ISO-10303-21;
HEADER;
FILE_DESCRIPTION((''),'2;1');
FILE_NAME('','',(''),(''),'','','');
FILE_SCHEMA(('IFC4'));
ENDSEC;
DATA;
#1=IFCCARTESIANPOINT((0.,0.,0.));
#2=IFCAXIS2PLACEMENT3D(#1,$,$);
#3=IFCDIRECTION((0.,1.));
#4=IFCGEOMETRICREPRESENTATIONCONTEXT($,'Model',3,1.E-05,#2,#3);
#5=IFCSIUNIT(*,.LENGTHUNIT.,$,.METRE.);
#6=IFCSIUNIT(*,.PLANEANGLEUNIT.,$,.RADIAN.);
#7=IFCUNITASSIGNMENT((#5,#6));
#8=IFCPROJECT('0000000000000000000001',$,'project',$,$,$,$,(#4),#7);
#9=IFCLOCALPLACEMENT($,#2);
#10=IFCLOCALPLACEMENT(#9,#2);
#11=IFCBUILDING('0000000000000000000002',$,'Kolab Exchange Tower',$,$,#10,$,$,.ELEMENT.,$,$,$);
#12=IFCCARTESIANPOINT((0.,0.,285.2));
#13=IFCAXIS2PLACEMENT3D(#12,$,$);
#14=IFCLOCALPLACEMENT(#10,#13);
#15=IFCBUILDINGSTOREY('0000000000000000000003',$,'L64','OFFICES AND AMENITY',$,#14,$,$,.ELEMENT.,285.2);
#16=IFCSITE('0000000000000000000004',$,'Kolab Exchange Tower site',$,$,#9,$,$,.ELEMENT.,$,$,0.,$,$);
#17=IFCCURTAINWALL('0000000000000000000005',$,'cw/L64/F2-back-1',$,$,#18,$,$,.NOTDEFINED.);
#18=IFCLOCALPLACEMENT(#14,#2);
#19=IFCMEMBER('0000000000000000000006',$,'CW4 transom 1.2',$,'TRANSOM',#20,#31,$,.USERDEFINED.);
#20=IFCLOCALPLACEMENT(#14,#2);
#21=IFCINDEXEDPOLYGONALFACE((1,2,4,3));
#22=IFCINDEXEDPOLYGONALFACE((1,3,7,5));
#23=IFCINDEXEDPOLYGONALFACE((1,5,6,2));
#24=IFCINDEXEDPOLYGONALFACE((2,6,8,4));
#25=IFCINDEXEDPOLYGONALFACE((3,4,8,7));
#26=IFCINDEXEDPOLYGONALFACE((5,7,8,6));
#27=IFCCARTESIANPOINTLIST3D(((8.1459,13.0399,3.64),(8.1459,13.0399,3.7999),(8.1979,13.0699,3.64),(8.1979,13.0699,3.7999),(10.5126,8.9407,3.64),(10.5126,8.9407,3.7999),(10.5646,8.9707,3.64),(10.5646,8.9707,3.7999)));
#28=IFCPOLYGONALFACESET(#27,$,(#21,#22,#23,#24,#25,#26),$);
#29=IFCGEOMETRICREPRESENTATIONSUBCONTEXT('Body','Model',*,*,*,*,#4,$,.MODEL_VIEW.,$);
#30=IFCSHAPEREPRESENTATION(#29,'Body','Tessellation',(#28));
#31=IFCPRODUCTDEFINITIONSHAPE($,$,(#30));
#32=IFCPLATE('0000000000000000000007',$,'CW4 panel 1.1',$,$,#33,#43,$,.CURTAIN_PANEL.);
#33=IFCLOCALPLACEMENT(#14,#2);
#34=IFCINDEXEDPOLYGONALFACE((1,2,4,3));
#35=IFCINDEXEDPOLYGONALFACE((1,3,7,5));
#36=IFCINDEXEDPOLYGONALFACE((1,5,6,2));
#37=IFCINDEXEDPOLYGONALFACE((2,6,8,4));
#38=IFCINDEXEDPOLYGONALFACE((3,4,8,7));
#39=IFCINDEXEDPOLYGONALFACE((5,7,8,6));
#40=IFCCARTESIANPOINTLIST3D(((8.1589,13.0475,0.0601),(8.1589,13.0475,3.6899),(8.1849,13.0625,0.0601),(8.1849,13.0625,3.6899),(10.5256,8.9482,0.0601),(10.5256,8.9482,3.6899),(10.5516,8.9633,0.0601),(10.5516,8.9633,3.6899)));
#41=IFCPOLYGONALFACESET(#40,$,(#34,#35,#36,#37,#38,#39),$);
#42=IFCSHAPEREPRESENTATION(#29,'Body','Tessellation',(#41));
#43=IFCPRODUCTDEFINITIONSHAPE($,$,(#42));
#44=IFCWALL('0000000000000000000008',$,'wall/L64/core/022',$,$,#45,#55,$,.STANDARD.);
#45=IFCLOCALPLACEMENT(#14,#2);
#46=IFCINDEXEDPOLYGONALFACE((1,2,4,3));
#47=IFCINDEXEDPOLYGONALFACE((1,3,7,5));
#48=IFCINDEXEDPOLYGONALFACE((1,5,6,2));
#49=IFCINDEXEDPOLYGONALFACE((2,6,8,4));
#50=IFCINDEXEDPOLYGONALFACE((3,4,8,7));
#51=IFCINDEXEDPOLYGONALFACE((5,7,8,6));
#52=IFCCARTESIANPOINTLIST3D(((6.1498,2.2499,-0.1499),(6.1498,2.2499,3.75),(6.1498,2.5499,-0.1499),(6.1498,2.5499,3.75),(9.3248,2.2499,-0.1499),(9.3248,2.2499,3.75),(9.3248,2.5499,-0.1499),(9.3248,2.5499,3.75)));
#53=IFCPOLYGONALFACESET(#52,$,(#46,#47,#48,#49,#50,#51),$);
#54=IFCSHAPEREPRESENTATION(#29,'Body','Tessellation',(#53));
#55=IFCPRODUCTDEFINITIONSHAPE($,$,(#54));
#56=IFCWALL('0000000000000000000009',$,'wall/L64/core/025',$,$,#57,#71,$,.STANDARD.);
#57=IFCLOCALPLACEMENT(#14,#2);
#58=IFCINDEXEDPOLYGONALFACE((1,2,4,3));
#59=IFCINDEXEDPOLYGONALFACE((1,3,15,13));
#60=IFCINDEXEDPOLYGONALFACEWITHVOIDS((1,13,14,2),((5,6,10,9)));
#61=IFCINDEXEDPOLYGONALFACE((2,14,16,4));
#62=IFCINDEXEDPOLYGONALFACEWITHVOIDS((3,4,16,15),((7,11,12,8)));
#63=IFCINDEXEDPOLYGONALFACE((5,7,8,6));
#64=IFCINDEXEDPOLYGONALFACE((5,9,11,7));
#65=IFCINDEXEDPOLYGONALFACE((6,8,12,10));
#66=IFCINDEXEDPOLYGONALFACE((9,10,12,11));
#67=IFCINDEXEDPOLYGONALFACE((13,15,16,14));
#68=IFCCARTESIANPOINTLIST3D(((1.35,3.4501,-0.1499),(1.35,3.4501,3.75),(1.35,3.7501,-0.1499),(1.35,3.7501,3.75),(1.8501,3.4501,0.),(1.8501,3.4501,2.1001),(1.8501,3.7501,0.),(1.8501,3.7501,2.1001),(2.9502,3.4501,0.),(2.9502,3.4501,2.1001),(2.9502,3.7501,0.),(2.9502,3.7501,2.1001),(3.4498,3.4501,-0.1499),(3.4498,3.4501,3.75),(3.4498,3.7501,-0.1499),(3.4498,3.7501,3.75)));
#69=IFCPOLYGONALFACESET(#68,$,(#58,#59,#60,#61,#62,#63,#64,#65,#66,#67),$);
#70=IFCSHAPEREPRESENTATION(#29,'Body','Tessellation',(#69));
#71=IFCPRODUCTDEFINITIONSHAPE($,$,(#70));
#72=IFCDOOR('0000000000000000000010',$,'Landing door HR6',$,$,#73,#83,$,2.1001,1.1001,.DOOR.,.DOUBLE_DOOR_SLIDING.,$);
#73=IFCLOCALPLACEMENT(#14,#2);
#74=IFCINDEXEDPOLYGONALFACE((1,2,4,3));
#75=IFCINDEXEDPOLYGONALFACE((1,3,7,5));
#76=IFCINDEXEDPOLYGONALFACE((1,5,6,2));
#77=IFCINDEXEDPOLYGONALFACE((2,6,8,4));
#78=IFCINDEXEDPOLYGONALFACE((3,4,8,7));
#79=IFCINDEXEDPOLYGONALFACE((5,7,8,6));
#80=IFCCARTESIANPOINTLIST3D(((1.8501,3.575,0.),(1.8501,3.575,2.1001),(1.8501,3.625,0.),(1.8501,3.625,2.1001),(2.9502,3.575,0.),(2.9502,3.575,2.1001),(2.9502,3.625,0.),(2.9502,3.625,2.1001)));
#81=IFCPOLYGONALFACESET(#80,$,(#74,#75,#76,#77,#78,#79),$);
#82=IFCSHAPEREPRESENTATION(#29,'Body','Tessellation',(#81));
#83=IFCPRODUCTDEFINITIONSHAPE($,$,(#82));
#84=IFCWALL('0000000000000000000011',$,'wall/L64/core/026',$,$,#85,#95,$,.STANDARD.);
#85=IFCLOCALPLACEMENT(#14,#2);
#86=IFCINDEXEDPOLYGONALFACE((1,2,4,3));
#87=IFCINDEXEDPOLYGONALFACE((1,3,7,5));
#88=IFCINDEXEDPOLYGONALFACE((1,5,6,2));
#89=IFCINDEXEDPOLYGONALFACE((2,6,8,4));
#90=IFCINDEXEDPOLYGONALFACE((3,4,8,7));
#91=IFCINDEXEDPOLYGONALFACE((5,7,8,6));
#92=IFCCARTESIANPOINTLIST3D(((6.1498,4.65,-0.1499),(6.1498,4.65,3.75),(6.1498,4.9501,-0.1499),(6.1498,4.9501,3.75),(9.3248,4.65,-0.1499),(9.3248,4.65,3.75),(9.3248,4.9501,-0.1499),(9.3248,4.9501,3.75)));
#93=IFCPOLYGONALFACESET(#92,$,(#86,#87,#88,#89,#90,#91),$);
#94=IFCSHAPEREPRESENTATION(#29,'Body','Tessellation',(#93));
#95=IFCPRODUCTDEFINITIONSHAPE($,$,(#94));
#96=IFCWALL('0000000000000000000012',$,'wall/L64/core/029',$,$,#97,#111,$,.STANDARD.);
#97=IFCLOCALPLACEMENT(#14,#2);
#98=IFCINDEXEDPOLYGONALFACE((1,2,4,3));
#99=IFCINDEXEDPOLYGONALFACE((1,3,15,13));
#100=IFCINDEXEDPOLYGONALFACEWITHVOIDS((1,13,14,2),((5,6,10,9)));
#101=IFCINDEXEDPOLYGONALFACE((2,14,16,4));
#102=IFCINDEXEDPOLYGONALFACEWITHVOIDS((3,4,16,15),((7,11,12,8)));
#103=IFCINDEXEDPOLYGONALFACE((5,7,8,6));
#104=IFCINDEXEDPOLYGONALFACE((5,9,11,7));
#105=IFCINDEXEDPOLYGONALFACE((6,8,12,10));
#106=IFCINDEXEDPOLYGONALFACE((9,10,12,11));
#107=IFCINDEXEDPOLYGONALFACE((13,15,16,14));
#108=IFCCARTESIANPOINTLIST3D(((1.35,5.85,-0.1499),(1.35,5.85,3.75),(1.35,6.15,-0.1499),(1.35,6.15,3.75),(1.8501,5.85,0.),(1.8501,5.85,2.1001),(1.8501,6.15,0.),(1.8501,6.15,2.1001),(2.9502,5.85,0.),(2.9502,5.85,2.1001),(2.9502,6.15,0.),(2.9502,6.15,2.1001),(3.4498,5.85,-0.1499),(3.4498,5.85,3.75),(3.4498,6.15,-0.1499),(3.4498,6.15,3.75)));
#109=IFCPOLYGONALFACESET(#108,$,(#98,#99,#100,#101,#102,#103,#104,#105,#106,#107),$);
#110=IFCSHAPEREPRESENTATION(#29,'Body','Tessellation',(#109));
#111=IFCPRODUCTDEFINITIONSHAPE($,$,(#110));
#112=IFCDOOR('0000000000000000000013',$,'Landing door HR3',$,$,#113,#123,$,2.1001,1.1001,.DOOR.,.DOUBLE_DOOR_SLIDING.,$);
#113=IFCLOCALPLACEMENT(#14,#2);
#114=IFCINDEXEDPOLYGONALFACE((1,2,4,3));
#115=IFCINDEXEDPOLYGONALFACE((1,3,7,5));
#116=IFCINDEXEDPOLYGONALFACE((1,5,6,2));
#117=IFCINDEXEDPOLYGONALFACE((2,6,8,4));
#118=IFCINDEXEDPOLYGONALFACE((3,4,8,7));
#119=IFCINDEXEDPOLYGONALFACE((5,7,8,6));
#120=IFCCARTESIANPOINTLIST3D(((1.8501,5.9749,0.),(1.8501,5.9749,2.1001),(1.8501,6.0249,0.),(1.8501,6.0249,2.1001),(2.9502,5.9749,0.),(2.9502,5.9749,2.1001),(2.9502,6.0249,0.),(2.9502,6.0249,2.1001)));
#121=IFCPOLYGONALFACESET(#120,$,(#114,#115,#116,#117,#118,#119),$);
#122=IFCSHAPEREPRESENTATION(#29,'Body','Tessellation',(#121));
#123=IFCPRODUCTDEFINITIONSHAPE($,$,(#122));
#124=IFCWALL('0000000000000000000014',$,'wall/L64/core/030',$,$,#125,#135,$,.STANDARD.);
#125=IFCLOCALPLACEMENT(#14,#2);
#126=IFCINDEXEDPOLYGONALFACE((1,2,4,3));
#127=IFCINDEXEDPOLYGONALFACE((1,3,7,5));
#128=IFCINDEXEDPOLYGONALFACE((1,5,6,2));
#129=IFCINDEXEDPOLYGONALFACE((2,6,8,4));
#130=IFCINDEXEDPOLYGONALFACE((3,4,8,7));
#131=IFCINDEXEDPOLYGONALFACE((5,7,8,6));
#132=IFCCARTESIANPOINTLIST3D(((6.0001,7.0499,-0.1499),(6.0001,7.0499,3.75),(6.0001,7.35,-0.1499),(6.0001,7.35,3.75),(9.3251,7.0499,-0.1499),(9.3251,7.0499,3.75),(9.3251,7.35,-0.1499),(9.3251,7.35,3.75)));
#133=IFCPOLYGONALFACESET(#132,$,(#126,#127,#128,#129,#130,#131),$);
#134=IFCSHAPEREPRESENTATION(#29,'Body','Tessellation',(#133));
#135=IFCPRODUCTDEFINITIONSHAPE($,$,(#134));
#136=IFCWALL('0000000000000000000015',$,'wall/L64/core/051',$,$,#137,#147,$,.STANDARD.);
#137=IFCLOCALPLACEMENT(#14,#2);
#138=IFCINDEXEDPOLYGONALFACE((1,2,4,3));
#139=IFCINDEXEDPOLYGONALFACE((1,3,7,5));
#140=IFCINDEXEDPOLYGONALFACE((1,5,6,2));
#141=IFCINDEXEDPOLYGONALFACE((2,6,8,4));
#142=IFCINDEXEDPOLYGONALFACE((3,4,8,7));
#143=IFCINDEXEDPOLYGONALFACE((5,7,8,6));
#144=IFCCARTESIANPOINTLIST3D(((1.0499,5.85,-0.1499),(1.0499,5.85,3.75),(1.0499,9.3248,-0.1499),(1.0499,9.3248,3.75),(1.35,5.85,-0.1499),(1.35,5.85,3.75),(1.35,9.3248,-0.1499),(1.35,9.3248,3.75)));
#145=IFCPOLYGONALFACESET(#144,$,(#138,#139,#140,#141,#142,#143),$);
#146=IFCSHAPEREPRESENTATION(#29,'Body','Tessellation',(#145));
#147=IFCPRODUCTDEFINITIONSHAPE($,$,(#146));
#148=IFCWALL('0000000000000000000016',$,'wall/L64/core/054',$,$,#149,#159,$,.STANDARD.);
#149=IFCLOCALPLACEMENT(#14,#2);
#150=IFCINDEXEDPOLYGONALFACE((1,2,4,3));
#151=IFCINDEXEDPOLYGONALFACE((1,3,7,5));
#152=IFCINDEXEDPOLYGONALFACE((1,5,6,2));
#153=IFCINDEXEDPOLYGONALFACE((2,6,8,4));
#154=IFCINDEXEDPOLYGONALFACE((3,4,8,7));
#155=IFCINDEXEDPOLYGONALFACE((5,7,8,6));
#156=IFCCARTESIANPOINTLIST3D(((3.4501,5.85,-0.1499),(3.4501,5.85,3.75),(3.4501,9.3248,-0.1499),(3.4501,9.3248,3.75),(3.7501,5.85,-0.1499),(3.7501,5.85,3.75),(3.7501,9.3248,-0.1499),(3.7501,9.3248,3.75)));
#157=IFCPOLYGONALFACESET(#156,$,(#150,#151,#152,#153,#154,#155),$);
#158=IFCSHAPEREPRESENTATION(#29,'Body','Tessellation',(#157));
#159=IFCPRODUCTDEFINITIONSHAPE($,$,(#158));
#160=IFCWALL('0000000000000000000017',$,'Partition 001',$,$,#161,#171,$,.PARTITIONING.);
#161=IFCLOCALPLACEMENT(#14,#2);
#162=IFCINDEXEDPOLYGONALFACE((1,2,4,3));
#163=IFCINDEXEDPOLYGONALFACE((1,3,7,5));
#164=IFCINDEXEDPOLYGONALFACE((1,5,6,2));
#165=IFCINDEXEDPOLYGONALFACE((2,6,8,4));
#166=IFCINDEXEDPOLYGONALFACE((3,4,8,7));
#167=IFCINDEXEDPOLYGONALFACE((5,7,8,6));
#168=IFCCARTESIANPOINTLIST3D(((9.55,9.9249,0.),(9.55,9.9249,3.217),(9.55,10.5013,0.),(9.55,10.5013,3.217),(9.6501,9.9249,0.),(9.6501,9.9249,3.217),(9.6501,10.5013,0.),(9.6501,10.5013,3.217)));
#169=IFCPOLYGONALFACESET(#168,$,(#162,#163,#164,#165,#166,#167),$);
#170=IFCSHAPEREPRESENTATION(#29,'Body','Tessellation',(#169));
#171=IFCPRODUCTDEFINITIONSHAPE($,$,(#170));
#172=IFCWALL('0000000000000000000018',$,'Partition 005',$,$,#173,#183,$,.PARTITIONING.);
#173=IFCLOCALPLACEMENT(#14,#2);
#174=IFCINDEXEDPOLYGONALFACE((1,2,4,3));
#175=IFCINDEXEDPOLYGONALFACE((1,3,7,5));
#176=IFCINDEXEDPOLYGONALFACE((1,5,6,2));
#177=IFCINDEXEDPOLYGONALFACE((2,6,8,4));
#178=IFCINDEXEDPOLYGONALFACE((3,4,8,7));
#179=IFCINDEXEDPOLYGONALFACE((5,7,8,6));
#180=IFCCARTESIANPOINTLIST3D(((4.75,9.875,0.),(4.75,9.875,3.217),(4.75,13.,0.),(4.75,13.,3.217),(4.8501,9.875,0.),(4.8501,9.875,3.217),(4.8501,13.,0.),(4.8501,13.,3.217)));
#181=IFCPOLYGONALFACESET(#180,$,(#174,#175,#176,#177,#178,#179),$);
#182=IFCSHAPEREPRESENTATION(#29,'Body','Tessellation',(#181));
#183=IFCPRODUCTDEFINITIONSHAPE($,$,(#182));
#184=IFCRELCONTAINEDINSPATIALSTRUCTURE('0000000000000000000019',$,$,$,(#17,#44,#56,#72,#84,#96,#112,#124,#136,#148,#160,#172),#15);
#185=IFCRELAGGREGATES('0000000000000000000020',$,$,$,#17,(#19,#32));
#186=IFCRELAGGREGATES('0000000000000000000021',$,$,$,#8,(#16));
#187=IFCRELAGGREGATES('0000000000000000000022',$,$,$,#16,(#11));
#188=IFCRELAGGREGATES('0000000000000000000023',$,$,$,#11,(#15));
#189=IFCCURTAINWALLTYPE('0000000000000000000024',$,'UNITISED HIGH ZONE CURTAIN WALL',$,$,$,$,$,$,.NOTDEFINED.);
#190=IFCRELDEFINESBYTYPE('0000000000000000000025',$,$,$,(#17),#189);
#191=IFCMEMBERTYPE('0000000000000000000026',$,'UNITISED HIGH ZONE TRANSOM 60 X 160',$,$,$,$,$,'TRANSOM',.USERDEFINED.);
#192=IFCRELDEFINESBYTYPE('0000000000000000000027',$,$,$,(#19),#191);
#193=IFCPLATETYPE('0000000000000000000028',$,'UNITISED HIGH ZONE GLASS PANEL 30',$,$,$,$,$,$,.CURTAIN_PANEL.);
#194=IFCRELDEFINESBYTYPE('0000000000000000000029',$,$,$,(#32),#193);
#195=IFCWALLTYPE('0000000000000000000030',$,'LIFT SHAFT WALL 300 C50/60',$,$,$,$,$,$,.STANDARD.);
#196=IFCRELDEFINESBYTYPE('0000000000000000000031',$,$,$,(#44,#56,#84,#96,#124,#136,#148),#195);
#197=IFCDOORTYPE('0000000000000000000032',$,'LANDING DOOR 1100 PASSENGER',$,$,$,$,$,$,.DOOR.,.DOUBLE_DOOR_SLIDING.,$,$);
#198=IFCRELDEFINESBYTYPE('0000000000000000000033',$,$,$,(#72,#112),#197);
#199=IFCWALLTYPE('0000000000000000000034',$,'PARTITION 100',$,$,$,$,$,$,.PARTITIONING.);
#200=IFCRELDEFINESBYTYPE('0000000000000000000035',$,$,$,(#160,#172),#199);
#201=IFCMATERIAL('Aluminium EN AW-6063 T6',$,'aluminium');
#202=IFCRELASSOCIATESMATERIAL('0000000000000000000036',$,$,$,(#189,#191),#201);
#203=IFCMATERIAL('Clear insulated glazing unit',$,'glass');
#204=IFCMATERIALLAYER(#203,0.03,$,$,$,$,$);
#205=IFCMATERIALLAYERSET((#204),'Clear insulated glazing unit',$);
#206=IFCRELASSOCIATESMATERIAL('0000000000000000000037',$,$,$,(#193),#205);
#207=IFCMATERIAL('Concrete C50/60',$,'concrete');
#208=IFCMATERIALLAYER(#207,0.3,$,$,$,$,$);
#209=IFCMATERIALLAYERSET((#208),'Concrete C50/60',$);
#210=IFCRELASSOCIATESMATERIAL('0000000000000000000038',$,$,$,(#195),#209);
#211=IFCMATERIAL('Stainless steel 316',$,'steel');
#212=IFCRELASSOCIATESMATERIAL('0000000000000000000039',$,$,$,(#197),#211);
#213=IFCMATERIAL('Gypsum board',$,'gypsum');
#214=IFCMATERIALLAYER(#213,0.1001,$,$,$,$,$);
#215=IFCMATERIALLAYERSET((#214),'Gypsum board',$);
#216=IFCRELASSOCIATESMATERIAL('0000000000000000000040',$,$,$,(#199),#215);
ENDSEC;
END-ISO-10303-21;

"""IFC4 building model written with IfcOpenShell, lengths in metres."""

from ifc_helpers import new_model, si_unit, direction, frame, frame_2d, origin, origin_2d, place, context, subcontext, project, spatial, rectangle, extrude, material, layer, layer_set, material_profile, profile_set, type_object, element, fill, aggregate, save


model = new_model("IFC4")

# Units and contexts
model_context = context("Model", 3, precision=1e-05, world=origin(), true_north=direction((0.0, 1.0)))
body_context = subcontext(model_context, "Body", "Model", "MODEL_VIEW")
ifc_project = project(units=[si_unit("LENGTHUNIT", "METRE"), si_unit("PLANEANGLEUNIT", "RADIAN")], contexts=[model_context])

# Site, building, storey
site_placement = place(None, origin())
site = spatial("IfcSite", under=ifc_project, at=site_placement, Name="Kolab Exchange Tower site", CompositionType="ELEMENT", RefElevation=0.0)
building_placement = place(site_placement, origin())
building = spatial("IfcBuilding", under=site, at=building_placement, Name="Kolab Exchange Tower", CompositionType="ELEMENT")
storey_placement = place(building_placement, frame((0.0, 0.0, 285.2)))
storey = spatial("IfcBuildingStorey", under=building, at=storey_placement, Name="L64", Description="OFFICES AND AMENITY", CompositionType="ELEMENT", Elevation=285.2)

# Shared definitions
ifc_material_1 = material(Name="Aluminium EN AW-6063 T6", Category="aluminium")
curtain_wall_type = type_object("IfcCurtainWallType", Name="UNITISED HIGH ZONE CURTAIN WALL", PredefinedType="NOTDEFINED", material=ifc_material_1)

# Curtain wall, member, plate
curtain_wall_1_placement = place(storey_placement, origin())
curtain_wall_1 = element("IfcCurtainWall", 1, at=curtain_wall_1_placement, inside=storey, type_object=curtain_wall_type, Name="cw/L64/F2-back-1", PredefinedType="NOTDEFINED")
ifc_material_profile_1 = material_profile(ifc_material_1, rectangle(XDim=0.0601, YDim=0.1599, at=origin_2d()), Name="RECT 60X160")
ifc_profile_set_1 = profile_set([ifc_material_profile_1], Name="Aluminium EN AW-6063 T6")
member_type_1 = type_object("IfcMemberType", Name="UNITISED HIGH ZONE TRANSOM 60 X 160", ElementType="TRANSOM", PredefinedType="USERDEFINED", material=ifc_profile_set_1)
member_1_placement = place(storey_placement, frame((8.1719, 13.0549, 3.72), z_axis=(0.500011, -0.866019, 0.0), x_axis=(0.866019, 0.500011, 0.0)))
member_1 = element("IfcMember", 2, at=member_1_placement, type_object=member_type_1, Name="CW4 transom 1.2", ObjectType="TRANSOM", PredefinedType="USERDEFINED", context=body_context, shape_type="SweptSolid", body=[
    extrude(rectangle(XDim=0.0601, YDim=0.1599, at=origin_2d()), origin(), (0.0, 0.0, 1.0), 4.7334),
])
ifc_material_2 = material(Name="Clear insulated glazing unit", Category="glass")
ifc_layer_1 = layer(ifc_material_2, 0.03)
ifc_layer_set_1 = layer_set([ifc_layer_1], Name="Clear insulated glazing unit")
plate_type = type_object("IfcPlateType", Name="UNITISED HIGH ZONE GLASS PANEL 30", PredefinedType="CURTAIN_PANEL", material=ifc_layer_set_1)
plate_placement = place(storey_placement, frame((9.3552, 11.0054, 0.0601), z_axis=(0.0, 0.0, 1.0), x_axis=(0.5, -0.866025, 0.0)))
plate = element("IfcPlate", 3, at=plate_placement, type_object=plate_type, Name="CW4 panel 1.1", PredefinedType="CURTAIN_PANEL", context=body_context, shape_type="SweptSolid", body=[
    extrude(rectangle(XDim=4.7334, YDim=0.03, at=origin_2d()), origin(), (0.0, 0.0, 1.0), 3.6299),
])
aggregate(curtain_wall_1, [member_1, plate])

# Wall
ifc_material_3 = material(Name="Concrete C50/60", Category="concrete")
ifc_layer_2 = layer(ifc_material_3, 0.3)
ifc_layer_set_2 = layer_set([ifc_layer_2], Name="Concrete C50/60")
wall_type_1 = type_object("IfcWallType", Name="LIFT SHAFT WALL 300 C50/60", PredefinedType="STANDARD", material=ifc_layer_set_2)
wall_1_placement = place(storey_placement, frame((6.1499, 2.3999, -0.1499), z_axis=(0.0, 0.0, 1.0), x_axis=(1.0, 0.0, 0.0)))
element("IfcWall", 4, at=wall_1_placement, inside=storey, type_object=wall_type_1, Name="wall/L64/core/022", PredefinedType="STANDARD", context=body_context, shape_type="SweptSolid", body=[
    extrude(rectangle(XDim=3.175, YDim=0.3, at=frame_2d((1.5874, 0.0))), origin(), (0.0, 0.0, 1.0), 3.8999),
])

# Wall, opening, door
wall_2_placement = place(storey_placement, frame((1.3501, 3.6001, -0.1499), z_axis=(0.0, 0.0, 1.0), x_axis=(1.0, 0.0, 0.0)))
wall_2 = element("IfcWall", 5, at=wall_2_placement, inside=storey, type_object=wall_type_1, Name="wall/L64/core/025", PredefinedType="STANDARD", context=body_context, shape_type="SweptSolid", body=[
    extrude(rectangle(XDim=2.0999, YDim=0.3, at=frame_2d((1.0498, 0.0))), origin(), (0.0, 0.0, 1.0), 3.8999),
])
opening_1_placement = place(wall_2_placement, frame((0.5, 0.0, 0.1499)))
opening_1 = element("IfcOpeningElement", 6, at=opening_1_placement, cuts=wall_2, PredefinedType="OPENING", context=body_context, shape_type="SweptSolid", body=[
    extrude(rectangle(XDim=1.1001, YDim=2.1001, at=frame_2d((0.55, 1.05))), frame((0.0, 0.1602, 0.0), z_axis=(0.0, -1.0, 0.0), x_axis=(1.0, 0.0, 0.0)), (0.0, 0.0, 1.0), 0.3201),
])
ifc_material_4 = material(Name="Stainless steel 316", Category="steel")
door_type_1 = type_object("IfcDoorType", Name="LANDING DOOR 1100 PASSENGER", OperationType="DOUBLE_DOOR_SLIDING", PredefinedType="DOOR", material=ifc_material_4)
door_1_placement = place(opening_1_placement, origin())
door_1 = element("IfcDoor", 7, at=door_1_placement, inside=storey, type_object=door_type_1, Name="Landing door HR6", OperationType="DOUBLE_DOOR_SLIDING", OverallHeight=2.1001, OverallWidth=1.1001, PredefinedType="DOOR", context=body_context, shape_type="SweptSolid", body=[
    extrude(rectangle(XDim=1.1001, YDim=2.1001, at=frame_2d((0.55, 1.05))), frame((0.0, 0.0249, 0.0), z_axis=(0.0, -1.0, 0.0), x_axis=(1.0, 0.0, 0.0)), (0.0, 0.0, 1.0), 0.05),
])
fill(opening_1, door_1)

# Wall
wall_3_placement = place(storey_placement, frame((6.1499, 4.8, -0.1499), z_axis=(0.0, 0.0, 1.0), x_axis=(1.0, 0.0, 0.0)))
element("IfcWall", 8, at=wall_3_placement, inside=storey, type_object=wall_type_1, Name="wall/L64/core/026", PredefinedType="STANDARD", context=body_context, shape_type="SweptSolid", body=[
    extrude(rectangle(XDim=3.175, YDim=0.3, at=frame_2d((1.5874, 0.0))), origin(), (0.0, 0.0, 1.0), 3.8999),
])

# Wall, opening, door
wall_4_placement = place(storey_placement, frame((1.3501, 6.0, -0.1499), z_axis=(0.0, 0.0, 1.0), x_axis=(1.0, 0.0, 0.0)))
wall_4 = element("IfcWall", 9, at=wall_4_placement, inside=storey, type_object=wall_type_1, Name="wall/L64/core/029", PredefinedType="STANDARD", context=body_context, shape_type="SweptSolid", body=[
    extrude(rectangle(XDim=2.0999, YDim=0.3, at=frame_2d((1.0498, 0.0))), origin(), (0.0, 0.0, 1.0), 3.8999),
])
opening_2_placement = place(wall_4_placement, frame((0.5, 0.0, 0.1499)))
opening_2 = element("IfcOpeningElement", 10, at=opening_2_placement, cuts=wall_4, PredefinedType="OPENING", context=body_context, shape_type="SweptSolid", body=[
    extrude(rectangle(XDim=1.1001, YDim=2.1001, at=frame_2d((0.55, 1.05))), frame((0.0, 0.1602, 0.0), z_axis=(0.0, -1.0, 0.0), x_axis=(1.0, 0.0, 0.0)), (0.0, 0.0, 1.0), 0.3201),
])
door_2_placement = place(opening_2_placement, origin())
door_2 = element("IfcDoor", 11, at=door_2_placement, inside=storey, type_object=door_type_1, Name="Landing door HR3", OperationType="DOUBLE_DOOR_SLIDING", OverallHeight=2.1001, OverallWidth=1.1001, PredefinedType="DOOR", context=body_context, shape_type="SweptSolid", body=[
    extrude(rectangle(XDim=1.1001, YDim=2.1001, at=frame_2d((0.55, 1.05))), frame((0.0, 0.0249, 0.0), z_axis=(0.0, -1.0, 0.0), x_axis=(1.0, 0.0, 0.0)), (0.0, 0.0, 1.0), 0.05),
])
fill(opening_2, door_2)

# Walls
wall_5_placement = place(storey_placement, frame((6.0, 7.2, -0.1499), z_axis=(0.0, 0.0, 1.0), x_axis=(1.0, 0.0, 0.0)))
element("IfcWall", 12, at=wall_5_placement, inside=storey, type_object=wall_type_1, Name="wall/L64/core/030", PredefinedType="STANDARD", context=body_context, shape_type="SweptSolid", body=[
    extrude(rectangle(XDim=3.325, YDim=0.3, at=frame_2d((1.6626, 0.0))), origin(), (0.0, 0.0, 1.0), 3.8999),
])
for number, where, z_axis, x_axis, name in (
    (13, (1.2, 5.8501, -0.1499), (0.0, 0.0, 1.0), (0.0, 1.0, 0.0), "wall/L64/core/051"),
    (14, (3.6001, 5.8501, -0.1499), (0.0, 0.0, 1.0), (0.0, 1.0, 0.0), "wall/L64/core/054"),
):
    element("IfcWall", number, at=place(storey_placement, frame(where, z_axis=z_axis, x_axis=x_axis)), inside=storey, type_object=wall_type_1, Name=name, PredefinedType="STANDARD", context=body_context, shape_type="SweptSolid", body=[
        extrude(rectangle(XDim=3.4749, YDim=0.3, at=frame_2d((1.7373, 0.0))), origin(), (0.0, 0.0, 1.0), 3.8999),
    ])
ifc_material_5 = material(Name="Gypsum board", Category="gypsum")
ifc_layer_3 = layer(ifc_material_5, 0.1001)
ifc_layer_set_3 = layer_set([ifc_layer_3], Name="Gypsum board")
wall_type_2 = type_object("IfcWallType", Name="PARTITION 100", PredefinedType="PARTITIONING", material=ifc_layer_set_3)
wall_6_placement = place(storey_placement, frame((9.6001, 9.925, 0.0), z_axis=(0.0, 0.0, 1.0), x_axis=(0.0, 1.0, 0.0)))
element("IfcWall", 15, at=wall_6_placement, inside=storey, type_object=wall_type_2, Name="Partition 001", PredefinedType="PARTITIONING", context=body_context, shape_type="SweptSolid", body=[
    extrude(rectangle(XDim=0.5764, YDim=0.1001, at=frame_2d((0.2881, 0.0))), origin(), (0.0, 0.0, 1.0), 3.217),
])
wall_7_placement = place(storey_placement, frame((4.8, 9.875, 0.0), z_axis=(0.0, 0.0, 1.0), x_axis=(0.0, 1.0, 0.0)))
element("IfcWall", 16, at=wall_7_placement, inside=storey, type_object=wall_type_2, Name="Partition 005", PredefinedType="PARTITIONING", context=body_context, shape_type="SweptSolid", body=[
    extrude(rectangle(XDim=3.125, YDim=0.1001, at=frame_2d((1.5625, 0.0))), origin(), (0.0, 0.0, 1.0), 3.217),
])

save(model, "model.ifc")
